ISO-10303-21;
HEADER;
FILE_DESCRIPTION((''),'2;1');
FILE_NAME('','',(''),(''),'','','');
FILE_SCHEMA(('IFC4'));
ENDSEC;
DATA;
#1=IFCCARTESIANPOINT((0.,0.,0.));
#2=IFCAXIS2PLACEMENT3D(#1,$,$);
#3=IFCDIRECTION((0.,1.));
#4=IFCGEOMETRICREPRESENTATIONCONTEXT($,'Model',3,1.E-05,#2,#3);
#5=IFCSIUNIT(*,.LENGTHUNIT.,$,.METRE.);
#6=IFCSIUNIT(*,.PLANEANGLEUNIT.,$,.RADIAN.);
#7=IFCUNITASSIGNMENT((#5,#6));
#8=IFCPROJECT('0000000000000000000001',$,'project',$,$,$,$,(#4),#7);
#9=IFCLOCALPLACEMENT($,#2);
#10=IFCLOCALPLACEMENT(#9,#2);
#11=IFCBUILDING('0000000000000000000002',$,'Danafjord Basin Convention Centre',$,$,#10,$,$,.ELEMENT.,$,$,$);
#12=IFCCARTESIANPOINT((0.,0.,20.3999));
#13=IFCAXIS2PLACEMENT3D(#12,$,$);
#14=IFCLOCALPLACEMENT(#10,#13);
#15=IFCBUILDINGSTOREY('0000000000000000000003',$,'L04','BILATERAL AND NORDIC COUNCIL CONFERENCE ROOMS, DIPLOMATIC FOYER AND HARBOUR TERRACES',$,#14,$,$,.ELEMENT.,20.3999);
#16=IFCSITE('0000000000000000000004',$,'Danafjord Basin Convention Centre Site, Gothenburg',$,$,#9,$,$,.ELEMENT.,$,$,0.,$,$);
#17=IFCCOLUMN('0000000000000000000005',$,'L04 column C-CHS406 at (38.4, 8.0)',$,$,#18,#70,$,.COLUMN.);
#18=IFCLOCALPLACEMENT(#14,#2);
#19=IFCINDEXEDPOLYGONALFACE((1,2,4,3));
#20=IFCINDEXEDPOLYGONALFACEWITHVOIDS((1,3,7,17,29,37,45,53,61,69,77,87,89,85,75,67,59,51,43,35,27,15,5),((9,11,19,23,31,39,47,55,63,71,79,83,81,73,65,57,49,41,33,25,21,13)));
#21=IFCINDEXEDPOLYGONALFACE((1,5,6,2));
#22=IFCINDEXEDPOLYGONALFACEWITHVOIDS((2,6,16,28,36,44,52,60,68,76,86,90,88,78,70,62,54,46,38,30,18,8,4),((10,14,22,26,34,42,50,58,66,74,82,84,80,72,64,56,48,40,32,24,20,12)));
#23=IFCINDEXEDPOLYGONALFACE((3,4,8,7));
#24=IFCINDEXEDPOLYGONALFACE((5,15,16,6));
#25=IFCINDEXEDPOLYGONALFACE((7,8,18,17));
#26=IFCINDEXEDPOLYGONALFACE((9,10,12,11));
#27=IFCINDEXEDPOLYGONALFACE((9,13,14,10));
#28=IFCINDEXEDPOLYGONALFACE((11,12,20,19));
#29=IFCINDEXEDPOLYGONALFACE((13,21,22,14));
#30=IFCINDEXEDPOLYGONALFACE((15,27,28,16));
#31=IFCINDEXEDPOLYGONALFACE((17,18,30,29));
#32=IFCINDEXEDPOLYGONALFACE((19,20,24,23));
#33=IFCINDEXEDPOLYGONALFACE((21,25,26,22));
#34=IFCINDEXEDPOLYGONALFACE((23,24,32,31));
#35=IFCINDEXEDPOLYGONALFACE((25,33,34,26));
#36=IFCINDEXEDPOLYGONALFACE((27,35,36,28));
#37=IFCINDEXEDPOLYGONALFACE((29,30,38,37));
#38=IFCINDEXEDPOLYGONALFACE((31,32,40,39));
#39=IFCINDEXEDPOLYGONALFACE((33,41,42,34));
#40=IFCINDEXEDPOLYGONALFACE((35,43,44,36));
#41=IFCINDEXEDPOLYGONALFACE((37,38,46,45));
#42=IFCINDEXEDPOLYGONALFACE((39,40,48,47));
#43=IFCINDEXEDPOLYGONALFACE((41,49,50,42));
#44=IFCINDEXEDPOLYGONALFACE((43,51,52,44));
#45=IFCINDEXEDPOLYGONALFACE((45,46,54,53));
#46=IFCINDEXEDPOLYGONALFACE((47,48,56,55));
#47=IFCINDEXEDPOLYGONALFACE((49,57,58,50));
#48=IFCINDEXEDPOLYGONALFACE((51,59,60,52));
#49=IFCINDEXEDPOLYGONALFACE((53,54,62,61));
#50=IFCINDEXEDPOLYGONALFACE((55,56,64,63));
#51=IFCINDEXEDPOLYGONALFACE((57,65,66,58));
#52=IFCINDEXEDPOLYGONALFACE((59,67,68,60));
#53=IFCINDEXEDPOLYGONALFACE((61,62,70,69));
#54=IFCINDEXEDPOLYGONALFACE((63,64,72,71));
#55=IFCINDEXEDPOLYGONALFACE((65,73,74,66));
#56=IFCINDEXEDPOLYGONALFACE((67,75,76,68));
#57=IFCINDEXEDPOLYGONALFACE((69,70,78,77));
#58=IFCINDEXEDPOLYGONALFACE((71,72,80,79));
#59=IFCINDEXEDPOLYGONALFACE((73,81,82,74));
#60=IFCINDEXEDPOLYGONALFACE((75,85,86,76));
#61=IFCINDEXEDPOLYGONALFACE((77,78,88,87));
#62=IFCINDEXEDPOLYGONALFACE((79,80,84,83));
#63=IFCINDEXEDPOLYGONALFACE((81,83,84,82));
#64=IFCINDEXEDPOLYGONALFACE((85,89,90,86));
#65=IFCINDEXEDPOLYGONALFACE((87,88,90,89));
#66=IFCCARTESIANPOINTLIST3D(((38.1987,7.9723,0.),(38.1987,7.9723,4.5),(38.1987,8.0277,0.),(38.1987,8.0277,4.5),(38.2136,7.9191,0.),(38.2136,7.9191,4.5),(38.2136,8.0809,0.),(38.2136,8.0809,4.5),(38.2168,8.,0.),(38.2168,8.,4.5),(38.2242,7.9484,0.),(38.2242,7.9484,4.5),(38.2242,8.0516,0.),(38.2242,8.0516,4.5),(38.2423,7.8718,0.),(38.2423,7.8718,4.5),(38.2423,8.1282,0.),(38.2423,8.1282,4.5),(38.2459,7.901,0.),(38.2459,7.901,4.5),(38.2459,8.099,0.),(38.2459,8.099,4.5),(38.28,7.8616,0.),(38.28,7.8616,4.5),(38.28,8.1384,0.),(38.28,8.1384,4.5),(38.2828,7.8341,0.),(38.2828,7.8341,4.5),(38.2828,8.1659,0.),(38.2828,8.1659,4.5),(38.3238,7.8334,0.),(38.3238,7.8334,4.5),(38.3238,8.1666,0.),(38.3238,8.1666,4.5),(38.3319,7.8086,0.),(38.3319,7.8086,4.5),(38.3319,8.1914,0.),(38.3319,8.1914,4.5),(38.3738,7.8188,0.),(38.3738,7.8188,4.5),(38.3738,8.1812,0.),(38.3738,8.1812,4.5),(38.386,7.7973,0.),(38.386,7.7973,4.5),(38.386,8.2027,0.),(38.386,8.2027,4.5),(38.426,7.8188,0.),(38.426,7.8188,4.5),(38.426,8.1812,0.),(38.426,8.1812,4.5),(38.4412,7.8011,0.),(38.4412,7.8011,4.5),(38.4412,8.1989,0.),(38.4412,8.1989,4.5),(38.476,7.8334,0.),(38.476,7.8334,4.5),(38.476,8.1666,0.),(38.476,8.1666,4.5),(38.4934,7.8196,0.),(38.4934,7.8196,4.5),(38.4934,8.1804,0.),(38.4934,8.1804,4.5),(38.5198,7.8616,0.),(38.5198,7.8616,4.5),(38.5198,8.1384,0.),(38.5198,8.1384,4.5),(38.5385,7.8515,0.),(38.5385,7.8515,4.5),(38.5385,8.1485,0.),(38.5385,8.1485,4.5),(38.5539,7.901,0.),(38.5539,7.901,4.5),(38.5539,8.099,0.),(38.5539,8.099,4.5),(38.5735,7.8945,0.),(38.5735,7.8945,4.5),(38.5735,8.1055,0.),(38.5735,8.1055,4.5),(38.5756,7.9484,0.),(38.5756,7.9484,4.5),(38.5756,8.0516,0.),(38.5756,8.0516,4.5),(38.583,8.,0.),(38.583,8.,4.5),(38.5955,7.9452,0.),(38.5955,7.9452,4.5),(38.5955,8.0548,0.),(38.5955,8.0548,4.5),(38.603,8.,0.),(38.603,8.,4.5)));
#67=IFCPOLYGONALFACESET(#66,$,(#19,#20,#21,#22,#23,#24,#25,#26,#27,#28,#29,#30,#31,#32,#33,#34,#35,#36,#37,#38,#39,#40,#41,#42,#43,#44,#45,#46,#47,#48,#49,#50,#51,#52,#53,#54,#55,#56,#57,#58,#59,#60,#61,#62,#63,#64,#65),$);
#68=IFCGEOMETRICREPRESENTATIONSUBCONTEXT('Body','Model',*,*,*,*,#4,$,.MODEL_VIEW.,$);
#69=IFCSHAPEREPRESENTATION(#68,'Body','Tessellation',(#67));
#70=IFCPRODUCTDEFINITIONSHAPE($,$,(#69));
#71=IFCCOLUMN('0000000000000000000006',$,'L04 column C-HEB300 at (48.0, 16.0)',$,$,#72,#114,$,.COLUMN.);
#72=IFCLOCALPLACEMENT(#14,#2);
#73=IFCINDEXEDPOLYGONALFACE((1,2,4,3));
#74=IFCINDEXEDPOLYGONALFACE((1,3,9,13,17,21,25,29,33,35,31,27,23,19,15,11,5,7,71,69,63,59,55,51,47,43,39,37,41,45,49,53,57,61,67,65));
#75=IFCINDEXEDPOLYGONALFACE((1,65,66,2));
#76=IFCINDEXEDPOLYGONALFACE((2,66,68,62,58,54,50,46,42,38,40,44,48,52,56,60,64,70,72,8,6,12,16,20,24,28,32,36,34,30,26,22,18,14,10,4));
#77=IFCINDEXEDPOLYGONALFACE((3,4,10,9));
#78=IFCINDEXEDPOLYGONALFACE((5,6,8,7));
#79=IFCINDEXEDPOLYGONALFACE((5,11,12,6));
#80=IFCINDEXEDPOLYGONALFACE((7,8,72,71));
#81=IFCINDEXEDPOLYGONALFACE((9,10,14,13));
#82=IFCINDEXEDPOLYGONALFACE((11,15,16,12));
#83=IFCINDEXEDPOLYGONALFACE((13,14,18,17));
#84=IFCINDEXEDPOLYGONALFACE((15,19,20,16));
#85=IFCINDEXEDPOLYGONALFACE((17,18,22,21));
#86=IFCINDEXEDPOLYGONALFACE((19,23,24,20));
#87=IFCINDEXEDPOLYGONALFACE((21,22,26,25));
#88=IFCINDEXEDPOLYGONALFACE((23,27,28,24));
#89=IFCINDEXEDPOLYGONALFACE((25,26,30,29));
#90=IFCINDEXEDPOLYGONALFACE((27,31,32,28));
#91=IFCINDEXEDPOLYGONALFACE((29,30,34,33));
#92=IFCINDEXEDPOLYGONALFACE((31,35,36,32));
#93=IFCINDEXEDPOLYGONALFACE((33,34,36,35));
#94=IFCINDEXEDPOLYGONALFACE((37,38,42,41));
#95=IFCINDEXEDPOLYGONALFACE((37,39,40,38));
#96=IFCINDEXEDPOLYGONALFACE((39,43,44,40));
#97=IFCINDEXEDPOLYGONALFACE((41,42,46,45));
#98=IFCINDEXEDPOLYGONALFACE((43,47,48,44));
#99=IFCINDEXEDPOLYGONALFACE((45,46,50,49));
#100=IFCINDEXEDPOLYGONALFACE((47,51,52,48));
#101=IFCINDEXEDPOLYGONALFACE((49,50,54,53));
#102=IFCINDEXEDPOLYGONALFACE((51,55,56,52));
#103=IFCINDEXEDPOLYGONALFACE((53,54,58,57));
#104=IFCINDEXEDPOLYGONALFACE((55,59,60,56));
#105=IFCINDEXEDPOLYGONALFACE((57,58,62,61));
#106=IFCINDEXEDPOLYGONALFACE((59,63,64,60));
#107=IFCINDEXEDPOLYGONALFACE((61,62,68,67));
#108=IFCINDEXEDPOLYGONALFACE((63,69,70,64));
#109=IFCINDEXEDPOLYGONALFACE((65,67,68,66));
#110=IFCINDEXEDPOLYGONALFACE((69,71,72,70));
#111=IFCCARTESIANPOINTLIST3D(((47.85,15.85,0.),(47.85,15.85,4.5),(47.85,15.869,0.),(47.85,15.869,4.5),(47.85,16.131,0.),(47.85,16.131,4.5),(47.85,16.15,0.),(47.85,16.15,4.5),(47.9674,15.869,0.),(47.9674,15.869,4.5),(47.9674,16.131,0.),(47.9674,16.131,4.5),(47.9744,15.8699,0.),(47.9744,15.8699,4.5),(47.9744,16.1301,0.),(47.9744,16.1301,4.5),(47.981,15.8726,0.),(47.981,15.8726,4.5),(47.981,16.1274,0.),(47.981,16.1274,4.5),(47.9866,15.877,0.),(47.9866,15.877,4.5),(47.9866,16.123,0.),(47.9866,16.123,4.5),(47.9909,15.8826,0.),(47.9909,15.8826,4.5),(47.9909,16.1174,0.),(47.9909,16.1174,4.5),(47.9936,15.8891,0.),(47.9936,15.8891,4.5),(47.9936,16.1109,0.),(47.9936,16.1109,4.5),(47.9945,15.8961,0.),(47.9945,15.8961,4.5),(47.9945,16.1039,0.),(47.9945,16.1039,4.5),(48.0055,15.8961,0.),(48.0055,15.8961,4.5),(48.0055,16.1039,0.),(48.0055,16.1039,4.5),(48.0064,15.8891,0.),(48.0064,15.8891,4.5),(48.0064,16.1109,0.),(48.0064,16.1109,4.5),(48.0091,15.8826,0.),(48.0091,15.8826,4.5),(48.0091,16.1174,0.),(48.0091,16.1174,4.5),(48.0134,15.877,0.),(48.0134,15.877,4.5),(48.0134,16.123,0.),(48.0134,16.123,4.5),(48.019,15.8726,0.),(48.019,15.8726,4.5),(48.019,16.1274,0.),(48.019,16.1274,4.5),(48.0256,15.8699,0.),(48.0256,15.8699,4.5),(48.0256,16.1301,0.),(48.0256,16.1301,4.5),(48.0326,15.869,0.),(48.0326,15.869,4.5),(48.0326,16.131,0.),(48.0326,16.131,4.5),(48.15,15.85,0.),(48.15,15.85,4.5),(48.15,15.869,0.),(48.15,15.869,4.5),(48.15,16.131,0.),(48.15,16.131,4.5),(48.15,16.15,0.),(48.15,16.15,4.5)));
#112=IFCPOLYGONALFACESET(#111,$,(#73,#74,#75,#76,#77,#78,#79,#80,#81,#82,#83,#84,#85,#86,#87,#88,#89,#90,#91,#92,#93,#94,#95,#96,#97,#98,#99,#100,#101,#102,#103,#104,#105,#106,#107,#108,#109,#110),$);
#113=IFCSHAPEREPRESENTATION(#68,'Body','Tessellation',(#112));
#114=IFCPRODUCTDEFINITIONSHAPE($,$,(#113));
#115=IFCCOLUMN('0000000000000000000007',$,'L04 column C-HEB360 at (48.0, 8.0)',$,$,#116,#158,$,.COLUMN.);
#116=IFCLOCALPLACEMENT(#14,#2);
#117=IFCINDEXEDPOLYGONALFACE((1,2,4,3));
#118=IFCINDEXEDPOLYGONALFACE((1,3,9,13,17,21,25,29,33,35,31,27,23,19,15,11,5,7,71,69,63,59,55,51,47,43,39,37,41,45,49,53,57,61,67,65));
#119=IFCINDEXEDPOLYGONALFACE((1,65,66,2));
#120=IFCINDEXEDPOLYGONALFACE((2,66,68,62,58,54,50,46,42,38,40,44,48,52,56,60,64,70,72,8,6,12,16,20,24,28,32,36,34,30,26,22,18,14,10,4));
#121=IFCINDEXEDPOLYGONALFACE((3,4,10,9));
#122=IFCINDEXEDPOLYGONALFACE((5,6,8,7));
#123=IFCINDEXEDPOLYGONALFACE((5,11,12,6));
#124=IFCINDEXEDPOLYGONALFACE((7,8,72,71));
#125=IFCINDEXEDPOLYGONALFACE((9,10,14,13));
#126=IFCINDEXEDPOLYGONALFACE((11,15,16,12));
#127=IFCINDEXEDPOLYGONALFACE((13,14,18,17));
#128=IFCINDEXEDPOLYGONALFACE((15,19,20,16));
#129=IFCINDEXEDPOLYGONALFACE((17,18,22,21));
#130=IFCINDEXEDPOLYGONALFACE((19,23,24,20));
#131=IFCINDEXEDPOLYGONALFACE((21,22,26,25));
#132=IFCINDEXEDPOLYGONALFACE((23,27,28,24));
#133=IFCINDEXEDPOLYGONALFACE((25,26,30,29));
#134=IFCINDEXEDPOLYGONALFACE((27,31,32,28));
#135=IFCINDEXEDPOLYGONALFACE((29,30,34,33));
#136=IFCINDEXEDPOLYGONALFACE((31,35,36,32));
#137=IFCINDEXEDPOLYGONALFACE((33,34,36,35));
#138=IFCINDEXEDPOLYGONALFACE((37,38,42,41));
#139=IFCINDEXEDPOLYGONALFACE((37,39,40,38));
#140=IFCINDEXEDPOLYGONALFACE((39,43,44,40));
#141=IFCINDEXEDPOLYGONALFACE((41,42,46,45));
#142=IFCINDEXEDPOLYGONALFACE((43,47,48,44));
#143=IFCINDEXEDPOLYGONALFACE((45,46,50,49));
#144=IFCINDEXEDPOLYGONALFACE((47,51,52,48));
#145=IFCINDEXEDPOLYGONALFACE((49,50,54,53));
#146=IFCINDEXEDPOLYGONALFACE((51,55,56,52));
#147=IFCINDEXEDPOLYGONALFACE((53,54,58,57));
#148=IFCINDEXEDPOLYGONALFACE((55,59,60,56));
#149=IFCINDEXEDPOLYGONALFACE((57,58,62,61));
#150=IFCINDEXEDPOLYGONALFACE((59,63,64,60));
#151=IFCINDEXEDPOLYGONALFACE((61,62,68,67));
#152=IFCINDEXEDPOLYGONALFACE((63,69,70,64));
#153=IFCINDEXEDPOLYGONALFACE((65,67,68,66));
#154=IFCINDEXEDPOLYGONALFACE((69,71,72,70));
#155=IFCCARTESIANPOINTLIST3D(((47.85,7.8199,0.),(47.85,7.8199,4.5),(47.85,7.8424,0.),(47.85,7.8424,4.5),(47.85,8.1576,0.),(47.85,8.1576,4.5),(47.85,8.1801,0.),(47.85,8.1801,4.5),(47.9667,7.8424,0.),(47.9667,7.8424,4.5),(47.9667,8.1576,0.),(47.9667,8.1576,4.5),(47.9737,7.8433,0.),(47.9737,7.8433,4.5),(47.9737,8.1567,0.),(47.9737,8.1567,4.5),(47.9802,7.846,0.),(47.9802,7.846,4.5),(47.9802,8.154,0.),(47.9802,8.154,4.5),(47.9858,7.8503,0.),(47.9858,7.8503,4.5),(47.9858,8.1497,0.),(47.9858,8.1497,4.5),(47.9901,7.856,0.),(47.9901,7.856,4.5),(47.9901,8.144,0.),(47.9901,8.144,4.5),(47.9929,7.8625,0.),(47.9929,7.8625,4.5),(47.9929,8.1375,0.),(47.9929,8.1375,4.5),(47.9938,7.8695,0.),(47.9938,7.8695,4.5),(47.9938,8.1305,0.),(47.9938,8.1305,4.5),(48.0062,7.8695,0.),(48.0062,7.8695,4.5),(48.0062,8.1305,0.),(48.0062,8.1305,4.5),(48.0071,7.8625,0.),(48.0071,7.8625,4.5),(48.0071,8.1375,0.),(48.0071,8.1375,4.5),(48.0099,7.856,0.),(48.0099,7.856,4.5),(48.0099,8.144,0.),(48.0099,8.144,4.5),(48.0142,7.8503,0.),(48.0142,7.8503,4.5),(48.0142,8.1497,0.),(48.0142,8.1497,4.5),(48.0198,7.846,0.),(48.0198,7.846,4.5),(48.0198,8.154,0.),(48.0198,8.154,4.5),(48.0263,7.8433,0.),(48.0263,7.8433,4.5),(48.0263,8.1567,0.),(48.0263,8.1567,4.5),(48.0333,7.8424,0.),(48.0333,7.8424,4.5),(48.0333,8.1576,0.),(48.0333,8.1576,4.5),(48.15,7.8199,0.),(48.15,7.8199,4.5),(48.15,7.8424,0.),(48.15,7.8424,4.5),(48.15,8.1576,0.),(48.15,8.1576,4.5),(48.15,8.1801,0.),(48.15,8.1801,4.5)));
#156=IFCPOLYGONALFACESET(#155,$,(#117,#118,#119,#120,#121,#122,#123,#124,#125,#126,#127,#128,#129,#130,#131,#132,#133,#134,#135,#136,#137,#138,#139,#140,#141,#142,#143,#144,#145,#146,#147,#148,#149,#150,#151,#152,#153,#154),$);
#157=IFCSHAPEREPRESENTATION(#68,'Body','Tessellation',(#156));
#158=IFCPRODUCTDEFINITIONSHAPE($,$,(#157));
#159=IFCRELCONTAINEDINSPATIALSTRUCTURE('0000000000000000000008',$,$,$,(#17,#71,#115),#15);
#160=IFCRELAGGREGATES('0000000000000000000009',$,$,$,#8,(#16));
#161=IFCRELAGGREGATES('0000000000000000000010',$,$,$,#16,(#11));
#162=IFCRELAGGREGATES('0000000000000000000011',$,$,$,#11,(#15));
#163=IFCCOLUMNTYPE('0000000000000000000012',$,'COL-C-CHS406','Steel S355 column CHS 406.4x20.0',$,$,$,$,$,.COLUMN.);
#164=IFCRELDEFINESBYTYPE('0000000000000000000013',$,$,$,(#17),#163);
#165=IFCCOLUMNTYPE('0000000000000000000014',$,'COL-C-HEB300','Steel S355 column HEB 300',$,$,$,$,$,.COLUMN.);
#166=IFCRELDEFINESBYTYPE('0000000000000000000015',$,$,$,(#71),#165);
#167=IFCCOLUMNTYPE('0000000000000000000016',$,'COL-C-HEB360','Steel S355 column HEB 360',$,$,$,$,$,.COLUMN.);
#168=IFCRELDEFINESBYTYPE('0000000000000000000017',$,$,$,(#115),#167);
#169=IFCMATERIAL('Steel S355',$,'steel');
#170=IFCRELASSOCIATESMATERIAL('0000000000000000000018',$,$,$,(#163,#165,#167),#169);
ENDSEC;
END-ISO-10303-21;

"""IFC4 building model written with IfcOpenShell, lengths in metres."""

from ifc_helpers import new_model, si_unit, direction, frame, origin, origin_2d, place, context, subcontext, project, spatial, hollow_circle, i_section, extrude, material, material_profile, profile_set, type_object, element, save


model = new_model("IFC4")

# Units and contexts
model_context = context("Model", 3, precision=1e-05, world=origin(), true_north=direction((0.0, 1.0)))
body_context = subcontext(model_context, "Body", "Model", "MODEL_VIEW")
ifc_project = project(units=[si_unit("LENGTHUNIT", "METRE"), si_unit("PLANEANGLEUNIT", "RADIAN")], contexts=[model_context])

# Site, building, storey
site_placement = place(None, origin())
site = spatial("IfcSite", under=ifc_project, at=site_placement, Name="Danafjord Basin Convention Centre Site, Gothenburg", CompositionType="ELEMENT", RefElevation=0.0)
building_placement = place(site_placement, origin())
building = spatial("IfcBuilding", under=site, at=building_placement, Name="Danafjord Basin Convention Centre", CompositionType="ELEMENT")
storey_placement = place(building_placement, frame((0.0, 0.0, 20.3999)))
storey = spatial("IfcBuildingStorey", under=building, at=storey_placement, Name="L04", Description="BILATERAL AND NORDIC COUNCIL CONFERENCE ROOMS, DIPLOMATIC FOYER AND HARBOUR TERRACES", CompositionType="ELEMENT", Elevation=20.3999)

# Columns
ifc_material_1 = material(Name="Steel S355", Category="steel")
ifc_material_profile_1 = material_profile(ifc_material_1, hollow_circle(Radius=0.2031, WallThickness=0.02, at=origin_2d()), Name="CHS 406.4x20.0")
ifc_profile_set_1 = profile_set([ifc_material_profile_1], Name="Steel S355")
column_type_1 = type_object("IfcColumnType", Name="COL-C-CHS406", Description="Steel S355 column CHS 406.4x20.0", PredefinedType="COLUMN", material=ifc_profile_set_1)
column_1_placement = place(storey_placement, frame((38.3999, 8.0, 0.0), z_axis=(0.0, 0.0, 1.0), x_axis=(1.0, 0.0, 0.0)))
element("IfcColumn", 1, at=column_1_placement, inside=storey, type_object=column_type_1, Name="L04 column C-CHS406 at (38.4, 8.0)", PredefinedType="COLUMN", context=body_context, shape_type="SweptSolid", body=[
    extrude(hollow_circle(Radius=0.2031, WallThickness=0.02, at=origin_2d()), origin(), (0.0, 0.0, 1.0), 4.5),
])
ifc_material_profile_2 = material_profile(ifc_material_1, i_section(OverallWidth=0.3, OverallDepth=0.3, WebThickness=0.011, FlangeThickness=0.019, FilletRadius=0.0271, at=origin_2d()), Name="HEB 300")
ifc_profile_set_2 = profile_set([ifc_material_profile_2], Name="Steel S355")
column_type_2 = type_object("IfcColumnType", Name="COL-C-HEB300", Description="Steel S355 column HEB 300", PredefinedType="COLUMN", material=ifc_profile_set_2)
column_2_placement = place(storey_placement, frame((48.0, 16.0, 0.0), z_axis=(0.0, 0.0, 1.0), x_axis=(1.0, 0.0, 0.0)))
element("IfcColumn", 2, at=column_2_placement, inside=storey, type_object=column_type_2, Name="L04 column C-HEB300 at (48.0, 16.0)", PredefinedType="COLUMN", context=body_context, shape_type="SweptSolid", body=[
    extrude(i_section(OverallWidth=0.3, OverallDepth=0.3, WebThickness=0.011, FlangeThickness=0.019, FilletRadius=0.0271, at=origin_2d()), origin(), (0.0, 0.0, 1.0), 4.5),
])
ifc_material_profile_3 = material_profile(ifc_material_1, i_section(OverallWidth=0.3, OverallDepth=0.3601, WebThickness=0.0125, FlangeThickness=0.0225, FilletRadius=0.0271, at=origin_2d()), Name="HEB 360")
ifc_profile_set_3 = profile_set([ifc_material_profile_3], Name="Steel S355")
column_type_3 = type_object("IfcColumnType", Name="COL-C-HEB360", Description="Steel S355 column HEB 360", PredefinedType="COLUMN", material=ifc_profile_set_3)
column_3_placement = place(storey_placement, frame((48.0, 8.0, 0.0), z_axis=(0.0, 0.0, 1.0), x_axis=(1.0, 0.0, 0.0)))
element("IfcColumn", 3, at=column_3_placement, inside=storey, type_object=column_type_3, Name="L04 column C-HEB360 at (48.0, 8.0)", PredefinedType="COLUMN", context=body_context, shape_type="SweptSolid", body=[
    extrude(i_section(OverallWidth=0.3, OverallDepth=0.3601, WebThickness=0.0125, FlangeThickness=0.0225, FilletRadius=0.0271, at=origin_2d()), origin(), (0.0, 0.0, 1.0), 4.5),
])

save(model, "model.ifc")
